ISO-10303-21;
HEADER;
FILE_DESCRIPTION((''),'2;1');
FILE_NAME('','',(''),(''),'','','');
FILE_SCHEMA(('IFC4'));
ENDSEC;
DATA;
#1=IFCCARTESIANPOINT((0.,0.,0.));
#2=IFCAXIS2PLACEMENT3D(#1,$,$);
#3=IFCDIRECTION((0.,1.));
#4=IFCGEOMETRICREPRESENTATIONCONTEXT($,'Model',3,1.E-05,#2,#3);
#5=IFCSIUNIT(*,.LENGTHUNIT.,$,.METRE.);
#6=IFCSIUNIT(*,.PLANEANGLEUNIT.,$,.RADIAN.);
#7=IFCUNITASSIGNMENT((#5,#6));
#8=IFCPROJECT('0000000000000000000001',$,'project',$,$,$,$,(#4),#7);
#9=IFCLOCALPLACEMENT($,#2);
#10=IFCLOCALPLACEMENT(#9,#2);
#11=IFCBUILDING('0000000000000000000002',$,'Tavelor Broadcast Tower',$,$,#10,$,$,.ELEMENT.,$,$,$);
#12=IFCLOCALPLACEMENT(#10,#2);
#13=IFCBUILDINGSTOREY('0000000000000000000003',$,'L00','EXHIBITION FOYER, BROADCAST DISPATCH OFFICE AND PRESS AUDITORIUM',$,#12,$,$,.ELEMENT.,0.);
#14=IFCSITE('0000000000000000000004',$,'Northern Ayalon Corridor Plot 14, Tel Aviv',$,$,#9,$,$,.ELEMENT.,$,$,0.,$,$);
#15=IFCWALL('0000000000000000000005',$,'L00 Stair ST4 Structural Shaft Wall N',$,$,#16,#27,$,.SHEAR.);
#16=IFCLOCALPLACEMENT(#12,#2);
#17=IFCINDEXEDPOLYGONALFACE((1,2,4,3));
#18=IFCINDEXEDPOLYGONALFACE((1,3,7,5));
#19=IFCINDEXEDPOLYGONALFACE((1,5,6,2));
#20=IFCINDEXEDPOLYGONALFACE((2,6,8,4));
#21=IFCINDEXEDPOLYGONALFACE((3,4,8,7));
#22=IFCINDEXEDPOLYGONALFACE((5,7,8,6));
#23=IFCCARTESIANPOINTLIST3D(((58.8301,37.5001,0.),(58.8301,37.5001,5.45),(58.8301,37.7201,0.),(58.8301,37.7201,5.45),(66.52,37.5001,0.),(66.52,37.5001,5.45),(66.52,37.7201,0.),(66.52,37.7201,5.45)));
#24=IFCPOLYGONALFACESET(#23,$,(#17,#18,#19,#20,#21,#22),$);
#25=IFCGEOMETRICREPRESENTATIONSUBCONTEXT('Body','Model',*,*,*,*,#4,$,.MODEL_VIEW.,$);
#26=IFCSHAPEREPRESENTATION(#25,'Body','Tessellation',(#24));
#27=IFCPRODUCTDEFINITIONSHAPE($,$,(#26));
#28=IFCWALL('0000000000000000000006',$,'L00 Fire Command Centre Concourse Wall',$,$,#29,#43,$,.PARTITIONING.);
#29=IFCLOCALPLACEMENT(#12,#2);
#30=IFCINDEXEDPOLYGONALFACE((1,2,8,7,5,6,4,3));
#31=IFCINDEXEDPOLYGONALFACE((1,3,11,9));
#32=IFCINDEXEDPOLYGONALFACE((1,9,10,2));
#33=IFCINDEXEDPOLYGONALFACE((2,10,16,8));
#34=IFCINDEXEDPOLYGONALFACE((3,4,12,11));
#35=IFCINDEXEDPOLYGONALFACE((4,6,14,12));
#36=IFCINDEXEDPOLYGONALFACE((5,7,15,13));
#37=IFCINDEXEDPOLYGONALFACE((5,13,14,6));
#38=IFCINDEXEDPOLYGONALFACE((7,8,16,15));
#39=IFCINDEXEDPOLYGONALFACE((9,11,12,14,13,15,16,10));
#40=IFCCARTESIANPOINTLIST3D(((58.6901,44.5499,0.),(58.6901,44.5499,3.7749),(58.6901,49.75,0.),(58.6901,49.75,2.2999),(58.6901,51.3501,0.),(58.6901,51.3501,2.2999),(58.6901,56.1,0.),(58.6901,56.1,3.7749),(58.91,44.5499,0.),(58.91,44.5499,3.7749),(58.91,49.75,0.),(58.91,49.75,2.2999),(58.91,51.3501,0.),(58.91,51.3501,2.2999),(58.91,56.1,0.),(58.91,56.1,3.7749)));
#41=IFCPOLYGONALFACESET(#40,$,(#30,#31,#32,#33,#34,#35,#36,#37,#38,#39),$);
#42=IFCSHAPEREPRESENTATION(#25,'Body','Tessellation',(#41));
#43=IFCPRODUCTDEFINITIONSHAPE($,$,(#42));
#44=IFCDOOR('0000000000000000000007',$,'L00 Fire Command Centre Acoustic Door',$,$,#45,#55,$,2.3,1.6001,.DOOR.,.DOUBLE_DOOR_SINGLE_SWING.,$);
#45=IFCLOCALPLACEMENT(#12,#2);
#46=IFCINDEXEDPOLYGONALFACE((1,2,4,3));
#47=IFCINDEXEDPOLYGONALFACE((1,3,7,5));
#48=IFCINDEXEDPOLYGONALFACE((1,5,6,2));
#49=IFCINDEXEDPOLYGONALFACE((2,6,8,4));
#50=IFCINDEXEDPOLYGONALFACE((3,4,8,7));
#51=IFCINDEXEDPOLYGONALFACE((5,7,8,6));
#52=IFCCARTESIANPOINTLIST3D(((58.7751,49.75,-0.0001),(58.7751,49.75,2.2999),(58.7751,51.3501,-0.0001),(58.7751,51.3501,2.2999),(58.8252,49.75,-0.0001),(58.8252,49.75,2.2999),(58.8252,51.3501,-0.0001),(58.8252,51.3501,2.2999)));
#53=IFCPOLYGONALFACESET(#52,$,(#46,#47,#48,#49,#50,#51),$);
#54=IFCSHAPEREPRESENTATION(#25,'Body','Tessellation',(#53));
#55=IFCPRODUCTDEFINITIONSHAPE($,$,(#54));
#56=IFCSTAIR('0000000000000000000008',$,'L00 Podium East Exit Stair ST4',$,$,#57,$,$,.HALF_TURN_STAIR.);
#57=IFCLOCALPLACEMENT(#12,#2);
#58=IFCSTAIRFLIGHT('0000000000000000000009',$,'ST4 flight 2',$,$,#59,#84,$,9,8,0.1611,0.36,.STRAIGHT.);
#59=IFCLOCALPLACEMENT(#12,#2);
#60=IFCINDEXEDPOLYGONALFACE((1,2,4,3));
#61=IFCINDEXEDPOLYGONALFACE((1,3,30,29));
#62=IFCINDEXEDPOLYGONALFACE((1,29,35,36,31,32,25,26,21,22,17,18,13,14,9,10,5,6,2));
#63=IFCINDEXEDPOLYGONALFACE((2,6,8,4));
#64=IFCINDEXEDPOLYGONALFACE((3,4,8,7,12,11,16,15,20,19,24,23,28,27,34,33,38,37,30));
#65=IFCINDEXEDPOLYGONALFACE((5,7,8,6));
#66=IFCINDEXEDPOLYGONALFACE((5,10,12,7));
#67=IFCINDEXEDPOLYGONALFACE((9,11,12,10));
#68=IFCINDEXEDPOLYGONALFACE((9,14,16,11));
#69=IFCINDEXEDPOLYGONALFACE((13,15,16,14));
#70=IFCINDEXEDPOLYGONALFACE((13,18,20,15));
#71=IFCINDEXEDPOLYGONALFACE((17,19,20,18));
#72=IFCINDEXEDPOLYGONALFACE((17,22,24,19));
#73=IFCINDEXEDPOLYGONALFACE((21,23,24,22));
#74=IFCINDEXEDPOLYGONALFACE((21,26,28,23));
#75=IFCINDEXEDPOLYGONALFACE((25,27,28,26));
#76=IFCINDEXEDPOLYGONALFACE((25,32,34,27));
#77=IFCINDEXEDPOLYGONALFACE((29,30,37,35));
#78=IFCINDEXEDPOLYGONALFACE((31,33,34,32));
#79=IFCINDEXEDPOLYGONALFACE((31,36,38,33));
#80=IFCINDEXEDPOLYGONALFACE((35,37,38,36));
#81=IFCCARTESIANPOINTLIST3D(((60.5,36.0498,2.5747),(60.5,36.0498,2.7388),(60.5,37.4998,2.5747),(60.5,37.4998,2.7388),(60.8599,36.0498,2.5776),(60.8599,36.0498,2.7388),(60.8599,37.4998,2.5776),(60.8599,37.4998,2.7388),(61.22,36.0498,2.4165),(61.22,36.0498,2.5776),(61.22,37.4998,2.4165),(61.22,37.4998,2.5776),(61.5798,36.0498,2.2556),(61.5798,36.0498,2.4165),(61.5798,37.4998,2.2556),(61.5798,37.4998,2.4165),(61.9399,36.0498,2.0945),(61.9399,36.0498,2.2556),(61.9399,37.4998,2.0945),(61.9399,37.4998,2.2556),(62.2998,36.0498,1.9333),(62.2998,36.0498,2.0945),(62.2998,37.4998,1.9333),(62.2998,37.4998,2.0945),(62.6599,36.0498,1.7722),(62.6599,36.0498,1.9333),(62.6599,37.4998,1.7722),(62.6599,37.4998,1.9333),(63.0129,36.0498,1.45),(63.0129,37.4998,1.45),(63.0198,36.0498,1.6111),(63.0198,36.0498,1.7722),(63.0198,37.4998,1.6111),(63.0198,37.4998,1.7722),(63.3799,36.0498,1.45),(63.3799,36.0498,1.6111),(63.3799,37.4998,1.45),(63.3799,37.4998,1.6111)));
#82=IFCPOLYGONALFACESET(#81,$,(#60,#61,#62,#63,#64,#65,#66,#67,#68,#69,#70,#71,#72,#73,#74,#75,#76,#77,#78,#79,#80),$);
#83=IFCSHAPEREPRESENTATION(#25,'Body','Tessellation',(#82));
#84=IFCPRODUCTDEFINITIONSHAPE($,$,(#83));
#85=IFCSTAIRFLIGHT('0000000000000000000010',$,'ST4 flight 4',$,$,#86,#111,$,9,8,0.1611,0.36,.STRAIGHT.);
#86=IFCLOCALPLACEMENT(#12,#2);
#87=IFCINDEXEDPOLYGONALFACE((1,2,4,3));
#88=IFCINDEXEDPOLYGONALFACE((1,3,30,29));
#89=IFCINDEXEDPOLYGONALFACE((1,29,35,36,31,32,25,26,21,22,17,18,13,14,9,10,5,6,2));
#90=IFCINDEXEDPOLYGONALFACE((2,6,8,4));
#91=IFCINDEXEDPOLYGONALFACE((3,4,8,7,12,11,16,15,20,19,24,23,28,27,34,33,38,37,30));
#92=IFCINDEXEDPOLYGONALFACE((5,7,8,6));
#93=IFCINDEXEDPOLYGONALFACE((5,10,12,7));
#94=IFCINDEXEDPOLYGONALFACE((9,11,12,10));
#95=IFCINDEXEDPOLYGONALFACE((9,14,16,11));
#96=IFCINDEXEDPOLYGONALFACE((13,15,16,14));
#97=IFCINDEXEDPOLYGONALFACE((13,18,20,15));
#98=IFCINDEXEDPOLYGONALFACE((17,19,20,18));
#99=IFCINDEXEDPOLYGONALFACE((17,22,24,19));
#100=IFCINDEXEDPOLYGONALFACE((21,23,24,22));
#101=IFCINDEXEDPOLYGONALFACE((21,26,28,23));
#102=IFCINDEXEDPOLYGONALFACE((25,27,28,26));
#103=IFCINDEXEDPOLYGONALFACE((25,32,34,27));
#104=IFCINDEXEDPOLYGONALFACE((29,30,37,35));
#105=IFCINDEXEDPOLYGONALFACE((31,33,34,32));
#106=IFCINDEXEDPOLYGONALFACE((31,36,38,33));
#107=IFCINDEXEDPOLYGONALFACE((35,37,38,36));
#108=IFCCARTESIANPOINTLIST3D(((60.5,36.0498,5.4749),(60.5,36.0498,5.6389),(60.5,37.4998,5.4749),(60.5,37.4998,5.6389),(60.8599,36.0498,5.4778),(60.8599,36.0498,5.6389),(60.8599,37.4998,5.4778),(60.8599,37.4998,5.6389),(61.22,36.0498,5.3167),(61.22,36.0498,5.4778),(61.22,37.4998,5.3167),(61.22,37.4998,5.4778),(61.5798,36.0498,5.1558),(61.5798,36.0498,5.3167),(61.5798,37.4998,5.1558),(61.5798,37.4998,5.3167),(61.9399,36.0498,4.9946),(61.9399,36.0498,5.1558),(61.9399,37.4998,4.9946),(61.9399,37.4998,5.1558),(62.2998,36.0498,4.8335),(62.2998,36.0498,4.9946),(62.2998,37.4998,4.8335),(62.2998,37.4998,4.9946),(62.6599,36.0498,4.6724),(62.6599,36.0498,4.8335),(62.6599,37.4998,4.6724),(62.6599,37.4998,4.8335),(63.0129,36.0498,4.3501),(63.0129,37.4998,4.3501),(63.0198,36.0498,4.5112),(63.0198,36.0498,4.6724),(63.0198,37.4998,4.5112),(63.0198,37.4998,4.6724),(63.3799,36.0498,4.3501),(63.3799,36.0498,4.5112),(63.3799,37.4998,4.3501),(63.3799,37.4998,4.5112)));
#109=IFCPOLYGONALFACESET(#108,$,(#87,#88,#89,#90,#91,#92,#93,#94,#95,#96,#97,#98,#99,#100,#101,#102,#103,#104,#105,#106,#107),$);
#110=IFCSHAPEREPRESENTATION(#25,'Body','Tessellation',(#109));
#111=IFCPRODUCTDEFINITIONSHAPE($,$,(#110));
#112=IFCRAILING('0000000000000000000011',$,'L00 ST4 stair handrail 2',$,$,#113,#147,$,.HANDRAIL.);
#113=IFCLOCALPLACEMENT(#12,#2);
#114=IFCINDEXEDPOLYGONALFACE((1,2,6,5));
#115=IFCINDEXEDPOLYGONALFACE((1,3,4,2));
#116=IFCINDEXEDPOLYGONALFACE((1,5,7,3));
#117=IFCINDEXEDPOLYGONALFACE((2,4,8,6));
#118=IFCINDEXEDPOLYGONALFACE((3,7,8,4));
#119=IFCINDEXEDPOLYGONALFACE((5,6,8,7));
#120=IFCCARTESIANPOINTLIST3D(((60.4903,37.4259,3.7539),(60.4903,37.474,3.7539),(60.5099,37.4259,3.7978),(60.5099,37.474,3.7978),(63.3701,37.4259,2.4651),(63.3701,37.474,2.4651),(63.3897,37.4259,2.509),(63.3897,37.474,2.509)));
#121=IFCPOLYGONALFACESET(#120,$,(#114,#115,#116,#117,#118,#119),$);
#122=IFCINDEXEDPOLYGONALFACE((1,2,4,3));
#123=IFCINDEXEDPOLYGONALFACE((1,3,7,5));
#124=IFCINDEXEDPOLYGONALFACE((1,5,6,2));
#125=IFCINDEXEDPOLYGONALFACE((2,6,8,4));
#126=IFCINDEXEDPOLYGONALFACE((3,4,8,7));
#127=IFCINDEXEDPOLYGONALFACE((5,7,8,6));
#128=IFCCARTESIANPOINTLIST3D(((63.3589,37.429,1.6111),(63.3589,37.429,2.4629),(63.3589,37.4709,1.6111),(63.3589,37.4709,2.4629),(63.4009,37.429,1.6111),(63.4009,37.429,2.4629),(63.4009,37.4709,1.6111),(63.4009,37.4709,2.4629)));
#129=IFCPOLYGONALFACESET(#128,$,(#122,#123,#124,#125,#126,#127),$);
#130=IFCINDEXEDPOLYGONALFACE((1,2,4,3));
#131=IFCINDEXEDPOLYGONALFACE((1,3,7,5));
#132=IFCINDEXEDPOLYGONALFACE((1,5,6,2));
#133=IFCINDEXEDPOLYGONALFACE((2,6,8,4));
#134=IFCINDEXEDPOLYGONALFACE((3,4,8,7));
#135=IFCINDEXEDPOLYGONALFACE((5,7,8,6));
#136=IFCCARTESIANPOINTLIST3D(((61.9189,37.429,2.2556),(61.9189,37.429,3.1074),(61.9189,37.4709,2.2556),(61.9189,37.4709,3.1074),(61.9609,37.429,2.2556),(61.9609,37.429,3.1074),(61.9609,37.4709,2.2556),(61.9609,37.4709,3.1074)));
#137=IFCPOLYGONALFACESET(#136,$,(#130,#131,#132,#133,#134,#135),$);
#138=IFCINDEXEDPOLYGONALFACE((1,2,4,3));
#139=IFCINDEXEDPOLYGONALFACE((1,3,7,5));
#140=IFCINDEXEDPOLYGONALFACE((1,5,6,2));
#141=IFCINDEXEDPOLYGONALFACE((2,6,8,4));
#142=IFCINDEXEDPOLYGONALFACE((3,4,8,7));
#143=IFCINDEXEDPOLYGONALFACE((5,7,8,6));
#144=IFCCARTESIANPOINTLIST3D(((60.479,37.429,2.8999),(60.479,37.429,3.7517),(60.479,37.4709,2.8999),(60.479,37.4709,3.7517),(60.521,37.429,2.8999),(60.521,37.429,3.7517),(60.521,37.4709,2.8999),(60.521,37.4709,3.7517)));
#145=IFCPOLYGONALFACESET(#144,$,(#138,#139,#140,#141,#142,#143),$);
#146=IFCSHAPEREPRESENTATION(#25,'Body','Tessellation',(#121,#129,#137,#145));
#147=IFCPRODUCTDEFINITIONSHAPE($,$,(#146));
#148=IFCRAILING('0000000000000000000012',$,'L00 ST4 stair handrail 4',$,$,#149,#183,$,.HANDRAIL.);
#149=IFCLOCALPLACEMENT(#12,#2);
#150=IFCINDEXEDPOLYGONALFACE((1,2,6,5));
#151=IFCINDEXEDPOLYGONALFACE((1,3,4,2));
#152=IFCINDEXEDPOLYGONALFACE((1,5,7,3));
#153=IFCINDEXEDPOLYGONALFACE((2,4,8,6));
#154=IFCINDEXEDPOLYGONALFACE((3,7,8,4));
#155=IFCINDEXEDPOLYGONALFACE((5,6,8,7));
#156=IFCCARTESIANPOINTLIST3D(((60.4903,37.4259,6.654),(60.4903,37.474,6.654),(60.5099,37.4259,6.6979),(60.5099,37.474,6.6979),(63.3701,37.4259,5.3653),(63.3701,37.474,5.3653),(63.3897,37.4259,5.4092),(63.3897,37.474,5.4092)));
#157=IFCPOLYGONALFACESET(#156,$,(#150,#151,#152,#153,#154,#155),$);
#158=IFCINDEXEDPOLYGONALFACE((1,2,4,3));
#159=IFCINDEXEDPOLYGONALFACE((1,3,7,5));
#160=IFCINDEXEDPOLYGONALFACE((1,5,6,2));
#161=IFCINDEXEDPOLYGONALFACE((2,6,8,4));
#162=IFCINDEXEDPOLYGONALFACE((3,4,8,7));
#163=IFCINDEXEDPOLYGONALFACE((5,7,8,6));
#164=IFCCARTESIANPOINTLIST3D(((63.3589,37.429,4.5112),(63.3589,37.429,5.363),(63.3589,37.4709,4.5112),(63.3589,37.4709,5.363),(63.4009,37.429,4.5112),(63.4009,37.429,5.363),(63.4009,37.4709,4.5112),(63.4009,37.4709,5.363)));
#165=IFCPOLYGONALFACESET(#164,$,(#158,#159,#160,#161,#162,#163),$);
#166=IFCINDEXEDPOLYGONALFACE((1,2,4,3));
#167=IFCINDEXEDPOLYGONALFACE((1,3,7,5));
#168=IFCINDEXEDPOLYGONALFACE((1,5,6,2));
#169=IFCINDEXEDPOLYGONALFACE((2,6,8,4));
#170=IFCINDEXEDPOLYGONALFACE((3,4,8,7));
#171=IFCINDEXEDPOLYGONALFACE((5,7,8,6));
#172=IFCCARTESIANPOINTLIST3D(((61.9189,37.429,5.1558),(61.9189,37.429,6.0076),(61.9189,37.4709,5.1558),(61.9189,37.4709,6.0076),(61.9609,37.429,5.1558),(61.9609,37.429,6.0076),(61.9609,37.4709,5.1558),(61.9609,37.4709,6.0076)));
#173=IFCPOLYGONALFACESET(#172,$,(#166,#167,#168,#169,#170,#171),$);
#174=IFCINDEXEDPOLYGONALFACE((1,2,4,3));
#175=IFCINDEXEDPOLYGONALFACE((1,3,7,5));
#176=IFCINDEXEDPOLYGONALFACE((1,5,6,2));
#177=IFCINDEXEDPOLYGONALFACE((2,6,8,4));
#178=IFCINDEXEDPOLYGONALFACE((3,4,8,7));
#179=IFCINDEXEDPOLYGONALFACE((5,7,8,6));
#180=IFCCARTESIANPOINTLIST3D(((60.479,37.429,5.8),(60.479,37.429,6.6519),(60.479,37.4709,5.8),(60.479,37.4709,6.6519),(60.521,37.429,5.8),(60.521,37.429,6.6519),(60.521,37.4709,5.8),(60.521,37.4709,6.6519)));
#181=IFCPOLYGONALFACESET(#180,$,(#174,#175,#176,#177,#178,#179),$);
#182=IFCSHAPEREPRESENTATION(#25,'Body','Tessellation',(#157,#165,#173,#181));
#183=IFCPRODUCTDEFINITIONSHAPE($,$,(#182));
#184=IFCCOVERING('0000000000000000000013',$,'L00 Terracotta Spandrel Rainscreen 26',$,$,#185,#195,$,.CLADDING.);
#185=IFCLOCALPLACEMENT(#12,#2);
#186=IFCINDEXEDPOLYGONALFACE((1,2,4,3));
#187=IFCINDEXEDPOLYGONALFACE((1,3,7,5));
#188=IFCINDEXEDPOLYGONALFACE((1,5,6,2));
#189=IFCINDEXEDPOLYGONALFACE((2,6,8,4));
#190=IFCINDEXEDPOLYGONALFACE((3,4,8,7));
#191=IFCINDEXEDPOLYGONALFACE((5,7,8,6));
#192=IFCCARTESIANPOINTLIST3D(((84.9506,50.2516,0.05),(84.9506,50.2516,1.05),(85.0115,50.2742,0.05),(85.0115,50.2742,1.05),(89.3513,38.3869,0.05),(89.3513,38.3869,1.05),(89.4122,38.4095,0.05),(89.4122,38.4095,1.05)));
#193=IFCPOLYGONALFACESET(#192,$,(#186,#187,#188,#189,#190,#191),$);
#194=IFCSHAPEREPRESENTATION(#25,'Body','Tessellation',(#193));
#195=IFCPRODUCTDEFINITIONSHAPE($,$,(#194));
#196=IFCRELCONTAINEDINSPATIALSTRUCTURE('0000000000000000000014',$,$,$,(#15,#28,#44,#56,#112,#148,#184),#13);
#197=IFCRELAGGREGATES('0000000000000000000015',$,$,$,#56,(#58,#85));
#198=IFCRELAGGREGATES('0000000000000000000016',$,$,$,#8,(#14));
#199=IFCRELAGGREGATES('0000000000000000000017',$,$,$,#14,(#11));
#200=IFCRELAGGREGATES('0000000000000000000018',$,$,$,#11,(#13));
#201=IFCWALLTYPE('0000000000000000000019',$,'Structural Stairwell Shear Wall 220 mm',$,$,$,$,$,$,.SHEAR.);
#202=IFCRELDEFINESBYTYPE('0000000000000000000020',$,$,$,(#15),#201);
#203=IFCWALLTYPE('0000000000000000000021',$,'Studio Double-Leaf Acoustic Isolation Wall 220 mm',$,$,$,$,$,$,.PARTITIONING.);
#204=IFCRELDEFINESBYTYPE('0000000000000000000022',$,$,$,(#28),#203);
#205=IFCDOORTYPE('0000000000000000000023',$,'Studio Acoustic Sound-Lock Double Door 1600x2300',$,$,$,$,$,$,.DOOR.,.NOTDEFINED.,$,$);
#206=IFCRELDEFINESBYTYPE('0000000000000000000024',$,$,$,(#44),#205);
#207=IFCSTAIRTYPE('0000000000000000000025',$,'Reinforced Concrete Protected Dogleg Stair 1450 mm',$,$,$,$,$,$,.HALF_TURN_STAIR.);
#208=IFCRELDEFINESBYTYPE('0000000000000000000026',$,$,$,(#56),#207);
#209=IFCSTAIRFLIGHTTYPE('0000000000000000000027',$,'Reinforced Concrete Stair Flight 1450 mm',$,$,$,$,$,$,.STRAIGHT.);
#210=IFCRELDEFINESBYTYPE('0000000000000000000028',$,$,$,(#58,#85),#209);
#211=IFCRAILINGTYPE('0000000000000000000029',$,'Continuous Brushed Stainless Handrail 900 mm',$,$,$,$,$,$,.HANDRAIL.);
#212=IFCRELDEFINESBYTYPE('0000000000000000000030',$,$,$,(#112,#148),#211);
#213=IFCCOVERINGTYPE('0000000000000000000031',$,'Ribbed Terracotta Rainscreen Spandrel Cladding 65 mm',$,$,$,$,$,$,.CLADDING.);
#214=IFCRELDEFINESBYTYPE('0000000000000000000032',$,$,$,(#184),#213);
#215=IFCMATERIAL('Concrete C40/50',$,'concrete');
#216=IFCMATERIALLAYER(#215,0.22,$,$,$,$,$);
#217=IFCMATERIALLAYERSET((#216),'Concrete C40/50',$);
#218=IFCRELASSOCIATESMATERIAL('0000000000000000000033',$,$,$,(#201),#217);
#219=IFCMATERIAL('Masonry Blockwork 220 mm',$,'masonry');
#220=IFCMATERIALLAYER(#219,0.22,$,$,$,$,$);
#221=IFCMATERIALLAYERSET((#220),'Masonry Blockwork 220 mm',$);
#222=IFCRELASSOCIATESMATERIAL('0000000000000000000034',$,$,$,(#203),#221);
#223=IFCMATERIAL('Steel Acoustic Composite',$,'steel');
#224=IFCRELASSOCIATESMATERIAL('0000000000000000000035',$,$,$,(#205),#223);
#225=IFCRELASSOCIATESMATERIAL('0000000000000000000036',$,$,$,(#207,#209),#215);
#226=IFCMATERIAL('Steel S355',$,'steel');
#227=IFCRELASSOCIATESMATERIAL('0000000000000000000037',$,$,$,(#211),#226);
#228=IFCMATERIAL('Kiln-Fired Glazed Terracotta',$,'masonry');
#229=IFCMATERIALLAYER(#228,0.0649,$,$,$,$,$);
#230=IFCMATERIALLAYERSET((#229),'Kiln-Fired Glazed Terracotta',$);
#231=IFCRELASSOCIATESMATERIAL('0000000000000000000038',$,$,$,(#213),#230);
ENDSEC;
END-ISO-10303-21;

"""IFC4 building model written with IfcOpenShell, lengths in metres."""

from ifc_helpers import new_model, si_unit, direction, frame, frame_2d, origin, origin_2d, place, context, subcontext, project, spatial, polyline, rectangle, outline, extrude, material, layer, layer_set, type_object, element, fill, aggregate, save


model = new_model("IFC4")

# Units and contexts
model_context = context("Model", 3, precision=1e-05, world=origin(), true_north=direction((0.0, 1.0)))
body_context = subcontext(model_context, "Body", "Model", "MODEL_VIEW")
ifc_project = project(units=[si_unit("LENGTHUNIT", "METRE"), si_unit("PLANEANGLEUNIT", "RADIAN")], contexts=[model_context])

# Site, building, storey
site_placement = place(None, origin())
site = spatial("IfcSite", under=ifc_project, at=site_placement, Name="Northern Ayalon Corridor Plot 14, Tel Aviv", CompositionType="ELEMENT", RefElevation=0.0)
building_placement = place(site_placement, origin())
building = spatial("IfcBuilding", under=site, at=building_placement, Name="Tavelor Broadcast Tower", CompositionType="ELEMENT")
storey_placement = place(building_placement, origin())
storey = spatial("IfcBuildingStorey", under=building, at=storey_placement, Name="L00", Description="EXHIBITION FOYER, BROADCAST DISPATCH OFFICE AND PRESS AUDITORIUM", CompositionType="ELEMENT", Elevation=0.0)

# Shared definitions
ifc_material_1 = material(Name="Concrete C40/50", Category="concrete")
ifc_material_2 = material(Name="Steel S355", Category="steel")

# Wall
ifc_layer_1 = layer(ifc_material_1, 0.22)
ifc_layer_set_1 = layer_set([ifc_layer_1], Name="Concrete C40/50")
wall_type_1 = type_object("IfcWallType", Name="Structural Stairwell Shear Wall 220 mm", PredefinedType="SHEAR", material=ifc_layer_set_1)
wall_1_placement = place(storey_placement, frame((58.8301, 37.6101, 0.0), z_axis=(0.0, 0.0, 1.0), x_axis=(1.0, 0.0, 0.0)))
element("IfcWall", 1, at=wall_1_placement, inside=storey, type_object=wall_type_1, Name="L00 Stair ST4 Structural Shaft Wall N", PredefinedType="SHEAR", context=body_context, shape_type="SweptSolid", body=[
    extrude(rectangle(XDim=7.6899, YDim=0.22, at=frame_2d((3.845, 0.0))), origin(), (0.0, 0.0, 1.0), 5.45),
])

# Wall, opening, door
ifc_material_3 = material(Name="Masonry Blockwork 220 mm", Category="masonry")
ifc_layer_2 = layer(ifc_material_3, 0.22)
ifc_layer_set_2 = layer_set([ifc_layer_2], Name="Masonry Blockwork 220 mm")
wall_type_2 = type_object("IfcWallType", Name="Studio Double-Leaf Acoustic Isolation Wall 220 mm", PredefinedType="PARTITIONING", material=ifc_layer_set_2)
wall_2_placement = place(storey_placement, frame((58.8, 44.55, 0.0), z_axis=(0.0, 0.0, 1.0), x_axis=(0.0, 1.0, 0.0)))
wall_2 = element("IfcWall", 2, at=wall_2_placement, inside=storey, type_object=wall_type_2, Name="L00 Fire Command Centre Concourse Wall", PredefinedType="PARTITIONING", context=body_context, shape_type="SweptSolid", body=[
    extrude(rectangle(XDim=11.55, YDim=0.22, at=frame_2d((5.7749, 0.0))), origin(), (0.0, 0.0, 1.0), 3.7749),
])
opening_1_placement = place(wall_2_placement, frame((5.2, 0.0, 0.0)))
opening_1 = element("IfcOpeningElement", 3, at=opening_1_placement, cuts=wall_2, PredefinedType="OPENING", context=body_context, shape_type="SweptSolid", body=[
    extrude(rectangle(XDim=1.6001, YDim=2.3, at=frame_2d((0.8, 1.1499))), frame((0.0, 0.1201, 0.0), z_axis=(0.0, -1.0, 0.0), x_axis=(1.0, 0.0, 0.0)), (0.0, 0.0, 1.0), 0.24),
])
ifc_material_4 = material(Name="Steel Acoustic Composite", Category="steel")
door_type_1 = type_object("IfcDoorType", Name="Studio Acoustic Sound-Lock Double Door 1600x2300", OperationType="NOTDEFINED", PredefinedType="DOOR", material=ifc_material_4)
door_1_placement = place(opening_1_placement, origin())
door_1 = element("IfcDoor", 4, at=door_1_placement, inside=storey, type_object=door_type_1, Name="L00 Fire Command Centre Acoustic Door", OperationType="DOUBLE_DOOR_SINGLE_SWING", OverallHeight=2.3, OverallWidth=1.6001, PredefinedType="DOOR", context=body_context, shape_type="SweptSolid", body=[
    extrude(rectangle(XDim=1.6001, YDim=2.3, at=frame_2d((0.8, 1.1499))), frame((0.0, 0.0249, 0.0), z_axis=(0.0, -1.0, 0.0), x_axis=(1.0, 0.0, 0.0)), (0.0, 0.0, 1.0), 0.05),
])
fill(opening_1, door_1)

# Stair, stair flights
stair_type = type_object("IfcStairType", Name="Reinforced Concrete Protected Dogleg Stair 1450 mm", PredefinedType="HALF_TURN_STAIR", material=ifc_material_1)
stair_placement = place(storey_placement, origin())
stair = element("IfcStair", 5, at=stair_placement, inside=storey, type_object=stair_type, Name="L00 Podium East Exit Stair ST4", PredefinedType="HALF_TURN_STAIR")
stair_flight_type = type_object("IfcStairFlightType", Name="Reinforced Concrete Stair Flight 1450 mm", PredefinedType="STRAIGHT", material=ifc_material_1)
stair_flight_1_placement = place(storey_placement, frame((63.3799, 36.7749, 1.45), z_axis=(0.0, 0.0, 1.0), x_axis=(-1.0, 0.0, 0.0)))
stair_flight_1 = element("IfcStairFlight", 6, at=stair_flight_1_placement, type_object=stair_flight_type, Name="ST4 flight 2", NumberOfRisers=9, NumberOfTreads=8, PredefinedType="STRAIGHT", RiserHeight=0.1611, TreadLength=0.36, context=body_context, shape_type="SweptSolid", body=[
    extrude(outline(polyline([(0.0, 0.0), (0.0, 0.1611), (0.3601, 0.1611), (0.3601, 0.3223), (0.72, 0.3223), (0.72, 0.4834), (1.0801, 0.4834), (1.0801, 0.6445), (1.4399, 0.6445), (1.4399, 0.8057), (1.8, 0.8057), (1.8, 0.9666), (2.1599, 0.9666), (2.1599, 1.1277), (2.52, 1.1277), (2.52, 1.2888), (2.8799, 1.2888), (2.8799, 1.45), (2.8799, 1.1248), (0.3669, 0.0), (0.0, 0.0)])), frame((0.0, 0.7251, 0.0), z_axis=(0.0, -1.0, 0.0), x_axis=(1.0, 0.0, 0.0)), (0.0, 0.0, 1.0), 1.45),
])
stair_flight_2_placement = place(storey_placement, frame((63.3799, 36.7749, 4.3501), z_axis=(0.0, 0.0, 1.0), x_axis=(-1.0, 0.0, 0.0)))
stair_flight_2 = element("IfcStairFlight", 7, at=stair_flight_2_placement, type_object=stair_flight_type, Name="ST4 flight 4", NumberOfRisers=9, NumberOfTreads=8, PredefinedType="STRAIGHT", RiserHeight=0.1611, TreadLength=0.36, context=body_context, shape_type="SweptSolid", body=[
    extrude(outline(polyline([(0.0, 0.0), (0.0, 0.1611), (0.3601, 0.1611), (0.3601, 0.3223), (0.72, 0.3223), (0.72, 0.4834), (1.0801, 0.4834), (1.0801, 0.6445), (1.4399, 0.6445), (1.4399, 0.8057), (1.8, 0.8057), (1.8, 0.9666), (2.1599, 0.9666), (2.1599, 1.1277), (2.52, 1.1277), (2.52, 1.2888), (2.8799, 1.2888), (2.8799, 1.45), (2.8799, 1.1248), (0.3669, 0.0), (0.0, 0.0)])), frame((0.0, 0.7251, 0.0), z_axis=(0.0, -1.0, 0.0), x_axis=(1.0, 0.0, 0.0)), (0.0, 0.0, 1.0), 1.45),
])
aggregate(stair, [stair_flight_1, stair_flight_2])

# Railings
railing_type = type_object("IfcRailingType", Name="Continuous Brushed Stainless Handrail 900 mm", PredefinedType="HANDRAIL", material=ifc_material_2)
for number, where, name in (
    (8, (63.3799, 37.45, 1.6111), "L00 ST4 stair handrail 2"),
    (9, (63.3799, 37.45, 4.5112), "L00 ST4 stair handrail 4"),
):
    element("IfcRailing", number, at=place(storey_placement, frame(where)), inside=storey, type_object=railing_type, Name=name, PredefinedType="HANDRAIL", context=body_context, shape_type="SweptSolid", body=[
        extrude(rectangle(XDim=0.0481, YDim=0.0481, at=origin_2d()), frame((0.0, 0.0, 0.876), z_axis=(-0.912765, 0.0, 0.408485), x_axis=(0.0, -1.0, 0.0)), (0.0, 0.0, 1.0), 3.155),
        extrude(rectangle(XDim=0.042, YDim=0.042, at=origin_2d()), origin(), (0.0, 0.0, 1.0), 0.8518),
        extrude(rectangle(XDim=0.042, YDim=0.042, at=origin_2d()), frame((-1.4399, 0.0, 0.6445)), (0.0, 0.0, 1.0), 0.8518),
        extrude(rectangle(XDim=0.042, YDim=0.042, at=origin_2d()), frame((-2.8799, 0.0, 1.2888)), (0.0, 0.0, 1.0), 0.8518),
    ])

# Covering
ifc_material_5 = material(Name="Kiln-Fired Glazed Terracotta", Category="masonry")
ifc_layer_3 = layer(ifc_material_5, 0.0649)
ifc_layer_set_3 = layer_set([ifc_layer_3], Name="Kiln-Fired Glazed Terracotta")
covering_type = type_object("IfcCoveringType", Name="Ribbed Terracotta Rainscreen Spandrel Cladding 65 mm", PredefinedType="CLADDING", material=ifc_layer_set_3)
covering_placement = place(storey_placement, frame((87.1814, 44.3306, 0.05), z_axis=(0.0, 0.0, 1.0), x_axis=(-0.347754, 0.937586, 0.0)))
element("IfcCovering", 10, at=covering_placement, inside=storey, type_object=covering_type, Name="L00 Terracotta Spandrel Rainscreen 26", PredefinedType="CLADDING", context=body_context, shape_type="SweptSolid", body=[
    extrude(rectangle(XDim=12.6545, YDim=0.0649, at=origin_2d()), origin(), (0.0, 0.0, 1.0), 1.0),
])

save(model, "model.ifc")
